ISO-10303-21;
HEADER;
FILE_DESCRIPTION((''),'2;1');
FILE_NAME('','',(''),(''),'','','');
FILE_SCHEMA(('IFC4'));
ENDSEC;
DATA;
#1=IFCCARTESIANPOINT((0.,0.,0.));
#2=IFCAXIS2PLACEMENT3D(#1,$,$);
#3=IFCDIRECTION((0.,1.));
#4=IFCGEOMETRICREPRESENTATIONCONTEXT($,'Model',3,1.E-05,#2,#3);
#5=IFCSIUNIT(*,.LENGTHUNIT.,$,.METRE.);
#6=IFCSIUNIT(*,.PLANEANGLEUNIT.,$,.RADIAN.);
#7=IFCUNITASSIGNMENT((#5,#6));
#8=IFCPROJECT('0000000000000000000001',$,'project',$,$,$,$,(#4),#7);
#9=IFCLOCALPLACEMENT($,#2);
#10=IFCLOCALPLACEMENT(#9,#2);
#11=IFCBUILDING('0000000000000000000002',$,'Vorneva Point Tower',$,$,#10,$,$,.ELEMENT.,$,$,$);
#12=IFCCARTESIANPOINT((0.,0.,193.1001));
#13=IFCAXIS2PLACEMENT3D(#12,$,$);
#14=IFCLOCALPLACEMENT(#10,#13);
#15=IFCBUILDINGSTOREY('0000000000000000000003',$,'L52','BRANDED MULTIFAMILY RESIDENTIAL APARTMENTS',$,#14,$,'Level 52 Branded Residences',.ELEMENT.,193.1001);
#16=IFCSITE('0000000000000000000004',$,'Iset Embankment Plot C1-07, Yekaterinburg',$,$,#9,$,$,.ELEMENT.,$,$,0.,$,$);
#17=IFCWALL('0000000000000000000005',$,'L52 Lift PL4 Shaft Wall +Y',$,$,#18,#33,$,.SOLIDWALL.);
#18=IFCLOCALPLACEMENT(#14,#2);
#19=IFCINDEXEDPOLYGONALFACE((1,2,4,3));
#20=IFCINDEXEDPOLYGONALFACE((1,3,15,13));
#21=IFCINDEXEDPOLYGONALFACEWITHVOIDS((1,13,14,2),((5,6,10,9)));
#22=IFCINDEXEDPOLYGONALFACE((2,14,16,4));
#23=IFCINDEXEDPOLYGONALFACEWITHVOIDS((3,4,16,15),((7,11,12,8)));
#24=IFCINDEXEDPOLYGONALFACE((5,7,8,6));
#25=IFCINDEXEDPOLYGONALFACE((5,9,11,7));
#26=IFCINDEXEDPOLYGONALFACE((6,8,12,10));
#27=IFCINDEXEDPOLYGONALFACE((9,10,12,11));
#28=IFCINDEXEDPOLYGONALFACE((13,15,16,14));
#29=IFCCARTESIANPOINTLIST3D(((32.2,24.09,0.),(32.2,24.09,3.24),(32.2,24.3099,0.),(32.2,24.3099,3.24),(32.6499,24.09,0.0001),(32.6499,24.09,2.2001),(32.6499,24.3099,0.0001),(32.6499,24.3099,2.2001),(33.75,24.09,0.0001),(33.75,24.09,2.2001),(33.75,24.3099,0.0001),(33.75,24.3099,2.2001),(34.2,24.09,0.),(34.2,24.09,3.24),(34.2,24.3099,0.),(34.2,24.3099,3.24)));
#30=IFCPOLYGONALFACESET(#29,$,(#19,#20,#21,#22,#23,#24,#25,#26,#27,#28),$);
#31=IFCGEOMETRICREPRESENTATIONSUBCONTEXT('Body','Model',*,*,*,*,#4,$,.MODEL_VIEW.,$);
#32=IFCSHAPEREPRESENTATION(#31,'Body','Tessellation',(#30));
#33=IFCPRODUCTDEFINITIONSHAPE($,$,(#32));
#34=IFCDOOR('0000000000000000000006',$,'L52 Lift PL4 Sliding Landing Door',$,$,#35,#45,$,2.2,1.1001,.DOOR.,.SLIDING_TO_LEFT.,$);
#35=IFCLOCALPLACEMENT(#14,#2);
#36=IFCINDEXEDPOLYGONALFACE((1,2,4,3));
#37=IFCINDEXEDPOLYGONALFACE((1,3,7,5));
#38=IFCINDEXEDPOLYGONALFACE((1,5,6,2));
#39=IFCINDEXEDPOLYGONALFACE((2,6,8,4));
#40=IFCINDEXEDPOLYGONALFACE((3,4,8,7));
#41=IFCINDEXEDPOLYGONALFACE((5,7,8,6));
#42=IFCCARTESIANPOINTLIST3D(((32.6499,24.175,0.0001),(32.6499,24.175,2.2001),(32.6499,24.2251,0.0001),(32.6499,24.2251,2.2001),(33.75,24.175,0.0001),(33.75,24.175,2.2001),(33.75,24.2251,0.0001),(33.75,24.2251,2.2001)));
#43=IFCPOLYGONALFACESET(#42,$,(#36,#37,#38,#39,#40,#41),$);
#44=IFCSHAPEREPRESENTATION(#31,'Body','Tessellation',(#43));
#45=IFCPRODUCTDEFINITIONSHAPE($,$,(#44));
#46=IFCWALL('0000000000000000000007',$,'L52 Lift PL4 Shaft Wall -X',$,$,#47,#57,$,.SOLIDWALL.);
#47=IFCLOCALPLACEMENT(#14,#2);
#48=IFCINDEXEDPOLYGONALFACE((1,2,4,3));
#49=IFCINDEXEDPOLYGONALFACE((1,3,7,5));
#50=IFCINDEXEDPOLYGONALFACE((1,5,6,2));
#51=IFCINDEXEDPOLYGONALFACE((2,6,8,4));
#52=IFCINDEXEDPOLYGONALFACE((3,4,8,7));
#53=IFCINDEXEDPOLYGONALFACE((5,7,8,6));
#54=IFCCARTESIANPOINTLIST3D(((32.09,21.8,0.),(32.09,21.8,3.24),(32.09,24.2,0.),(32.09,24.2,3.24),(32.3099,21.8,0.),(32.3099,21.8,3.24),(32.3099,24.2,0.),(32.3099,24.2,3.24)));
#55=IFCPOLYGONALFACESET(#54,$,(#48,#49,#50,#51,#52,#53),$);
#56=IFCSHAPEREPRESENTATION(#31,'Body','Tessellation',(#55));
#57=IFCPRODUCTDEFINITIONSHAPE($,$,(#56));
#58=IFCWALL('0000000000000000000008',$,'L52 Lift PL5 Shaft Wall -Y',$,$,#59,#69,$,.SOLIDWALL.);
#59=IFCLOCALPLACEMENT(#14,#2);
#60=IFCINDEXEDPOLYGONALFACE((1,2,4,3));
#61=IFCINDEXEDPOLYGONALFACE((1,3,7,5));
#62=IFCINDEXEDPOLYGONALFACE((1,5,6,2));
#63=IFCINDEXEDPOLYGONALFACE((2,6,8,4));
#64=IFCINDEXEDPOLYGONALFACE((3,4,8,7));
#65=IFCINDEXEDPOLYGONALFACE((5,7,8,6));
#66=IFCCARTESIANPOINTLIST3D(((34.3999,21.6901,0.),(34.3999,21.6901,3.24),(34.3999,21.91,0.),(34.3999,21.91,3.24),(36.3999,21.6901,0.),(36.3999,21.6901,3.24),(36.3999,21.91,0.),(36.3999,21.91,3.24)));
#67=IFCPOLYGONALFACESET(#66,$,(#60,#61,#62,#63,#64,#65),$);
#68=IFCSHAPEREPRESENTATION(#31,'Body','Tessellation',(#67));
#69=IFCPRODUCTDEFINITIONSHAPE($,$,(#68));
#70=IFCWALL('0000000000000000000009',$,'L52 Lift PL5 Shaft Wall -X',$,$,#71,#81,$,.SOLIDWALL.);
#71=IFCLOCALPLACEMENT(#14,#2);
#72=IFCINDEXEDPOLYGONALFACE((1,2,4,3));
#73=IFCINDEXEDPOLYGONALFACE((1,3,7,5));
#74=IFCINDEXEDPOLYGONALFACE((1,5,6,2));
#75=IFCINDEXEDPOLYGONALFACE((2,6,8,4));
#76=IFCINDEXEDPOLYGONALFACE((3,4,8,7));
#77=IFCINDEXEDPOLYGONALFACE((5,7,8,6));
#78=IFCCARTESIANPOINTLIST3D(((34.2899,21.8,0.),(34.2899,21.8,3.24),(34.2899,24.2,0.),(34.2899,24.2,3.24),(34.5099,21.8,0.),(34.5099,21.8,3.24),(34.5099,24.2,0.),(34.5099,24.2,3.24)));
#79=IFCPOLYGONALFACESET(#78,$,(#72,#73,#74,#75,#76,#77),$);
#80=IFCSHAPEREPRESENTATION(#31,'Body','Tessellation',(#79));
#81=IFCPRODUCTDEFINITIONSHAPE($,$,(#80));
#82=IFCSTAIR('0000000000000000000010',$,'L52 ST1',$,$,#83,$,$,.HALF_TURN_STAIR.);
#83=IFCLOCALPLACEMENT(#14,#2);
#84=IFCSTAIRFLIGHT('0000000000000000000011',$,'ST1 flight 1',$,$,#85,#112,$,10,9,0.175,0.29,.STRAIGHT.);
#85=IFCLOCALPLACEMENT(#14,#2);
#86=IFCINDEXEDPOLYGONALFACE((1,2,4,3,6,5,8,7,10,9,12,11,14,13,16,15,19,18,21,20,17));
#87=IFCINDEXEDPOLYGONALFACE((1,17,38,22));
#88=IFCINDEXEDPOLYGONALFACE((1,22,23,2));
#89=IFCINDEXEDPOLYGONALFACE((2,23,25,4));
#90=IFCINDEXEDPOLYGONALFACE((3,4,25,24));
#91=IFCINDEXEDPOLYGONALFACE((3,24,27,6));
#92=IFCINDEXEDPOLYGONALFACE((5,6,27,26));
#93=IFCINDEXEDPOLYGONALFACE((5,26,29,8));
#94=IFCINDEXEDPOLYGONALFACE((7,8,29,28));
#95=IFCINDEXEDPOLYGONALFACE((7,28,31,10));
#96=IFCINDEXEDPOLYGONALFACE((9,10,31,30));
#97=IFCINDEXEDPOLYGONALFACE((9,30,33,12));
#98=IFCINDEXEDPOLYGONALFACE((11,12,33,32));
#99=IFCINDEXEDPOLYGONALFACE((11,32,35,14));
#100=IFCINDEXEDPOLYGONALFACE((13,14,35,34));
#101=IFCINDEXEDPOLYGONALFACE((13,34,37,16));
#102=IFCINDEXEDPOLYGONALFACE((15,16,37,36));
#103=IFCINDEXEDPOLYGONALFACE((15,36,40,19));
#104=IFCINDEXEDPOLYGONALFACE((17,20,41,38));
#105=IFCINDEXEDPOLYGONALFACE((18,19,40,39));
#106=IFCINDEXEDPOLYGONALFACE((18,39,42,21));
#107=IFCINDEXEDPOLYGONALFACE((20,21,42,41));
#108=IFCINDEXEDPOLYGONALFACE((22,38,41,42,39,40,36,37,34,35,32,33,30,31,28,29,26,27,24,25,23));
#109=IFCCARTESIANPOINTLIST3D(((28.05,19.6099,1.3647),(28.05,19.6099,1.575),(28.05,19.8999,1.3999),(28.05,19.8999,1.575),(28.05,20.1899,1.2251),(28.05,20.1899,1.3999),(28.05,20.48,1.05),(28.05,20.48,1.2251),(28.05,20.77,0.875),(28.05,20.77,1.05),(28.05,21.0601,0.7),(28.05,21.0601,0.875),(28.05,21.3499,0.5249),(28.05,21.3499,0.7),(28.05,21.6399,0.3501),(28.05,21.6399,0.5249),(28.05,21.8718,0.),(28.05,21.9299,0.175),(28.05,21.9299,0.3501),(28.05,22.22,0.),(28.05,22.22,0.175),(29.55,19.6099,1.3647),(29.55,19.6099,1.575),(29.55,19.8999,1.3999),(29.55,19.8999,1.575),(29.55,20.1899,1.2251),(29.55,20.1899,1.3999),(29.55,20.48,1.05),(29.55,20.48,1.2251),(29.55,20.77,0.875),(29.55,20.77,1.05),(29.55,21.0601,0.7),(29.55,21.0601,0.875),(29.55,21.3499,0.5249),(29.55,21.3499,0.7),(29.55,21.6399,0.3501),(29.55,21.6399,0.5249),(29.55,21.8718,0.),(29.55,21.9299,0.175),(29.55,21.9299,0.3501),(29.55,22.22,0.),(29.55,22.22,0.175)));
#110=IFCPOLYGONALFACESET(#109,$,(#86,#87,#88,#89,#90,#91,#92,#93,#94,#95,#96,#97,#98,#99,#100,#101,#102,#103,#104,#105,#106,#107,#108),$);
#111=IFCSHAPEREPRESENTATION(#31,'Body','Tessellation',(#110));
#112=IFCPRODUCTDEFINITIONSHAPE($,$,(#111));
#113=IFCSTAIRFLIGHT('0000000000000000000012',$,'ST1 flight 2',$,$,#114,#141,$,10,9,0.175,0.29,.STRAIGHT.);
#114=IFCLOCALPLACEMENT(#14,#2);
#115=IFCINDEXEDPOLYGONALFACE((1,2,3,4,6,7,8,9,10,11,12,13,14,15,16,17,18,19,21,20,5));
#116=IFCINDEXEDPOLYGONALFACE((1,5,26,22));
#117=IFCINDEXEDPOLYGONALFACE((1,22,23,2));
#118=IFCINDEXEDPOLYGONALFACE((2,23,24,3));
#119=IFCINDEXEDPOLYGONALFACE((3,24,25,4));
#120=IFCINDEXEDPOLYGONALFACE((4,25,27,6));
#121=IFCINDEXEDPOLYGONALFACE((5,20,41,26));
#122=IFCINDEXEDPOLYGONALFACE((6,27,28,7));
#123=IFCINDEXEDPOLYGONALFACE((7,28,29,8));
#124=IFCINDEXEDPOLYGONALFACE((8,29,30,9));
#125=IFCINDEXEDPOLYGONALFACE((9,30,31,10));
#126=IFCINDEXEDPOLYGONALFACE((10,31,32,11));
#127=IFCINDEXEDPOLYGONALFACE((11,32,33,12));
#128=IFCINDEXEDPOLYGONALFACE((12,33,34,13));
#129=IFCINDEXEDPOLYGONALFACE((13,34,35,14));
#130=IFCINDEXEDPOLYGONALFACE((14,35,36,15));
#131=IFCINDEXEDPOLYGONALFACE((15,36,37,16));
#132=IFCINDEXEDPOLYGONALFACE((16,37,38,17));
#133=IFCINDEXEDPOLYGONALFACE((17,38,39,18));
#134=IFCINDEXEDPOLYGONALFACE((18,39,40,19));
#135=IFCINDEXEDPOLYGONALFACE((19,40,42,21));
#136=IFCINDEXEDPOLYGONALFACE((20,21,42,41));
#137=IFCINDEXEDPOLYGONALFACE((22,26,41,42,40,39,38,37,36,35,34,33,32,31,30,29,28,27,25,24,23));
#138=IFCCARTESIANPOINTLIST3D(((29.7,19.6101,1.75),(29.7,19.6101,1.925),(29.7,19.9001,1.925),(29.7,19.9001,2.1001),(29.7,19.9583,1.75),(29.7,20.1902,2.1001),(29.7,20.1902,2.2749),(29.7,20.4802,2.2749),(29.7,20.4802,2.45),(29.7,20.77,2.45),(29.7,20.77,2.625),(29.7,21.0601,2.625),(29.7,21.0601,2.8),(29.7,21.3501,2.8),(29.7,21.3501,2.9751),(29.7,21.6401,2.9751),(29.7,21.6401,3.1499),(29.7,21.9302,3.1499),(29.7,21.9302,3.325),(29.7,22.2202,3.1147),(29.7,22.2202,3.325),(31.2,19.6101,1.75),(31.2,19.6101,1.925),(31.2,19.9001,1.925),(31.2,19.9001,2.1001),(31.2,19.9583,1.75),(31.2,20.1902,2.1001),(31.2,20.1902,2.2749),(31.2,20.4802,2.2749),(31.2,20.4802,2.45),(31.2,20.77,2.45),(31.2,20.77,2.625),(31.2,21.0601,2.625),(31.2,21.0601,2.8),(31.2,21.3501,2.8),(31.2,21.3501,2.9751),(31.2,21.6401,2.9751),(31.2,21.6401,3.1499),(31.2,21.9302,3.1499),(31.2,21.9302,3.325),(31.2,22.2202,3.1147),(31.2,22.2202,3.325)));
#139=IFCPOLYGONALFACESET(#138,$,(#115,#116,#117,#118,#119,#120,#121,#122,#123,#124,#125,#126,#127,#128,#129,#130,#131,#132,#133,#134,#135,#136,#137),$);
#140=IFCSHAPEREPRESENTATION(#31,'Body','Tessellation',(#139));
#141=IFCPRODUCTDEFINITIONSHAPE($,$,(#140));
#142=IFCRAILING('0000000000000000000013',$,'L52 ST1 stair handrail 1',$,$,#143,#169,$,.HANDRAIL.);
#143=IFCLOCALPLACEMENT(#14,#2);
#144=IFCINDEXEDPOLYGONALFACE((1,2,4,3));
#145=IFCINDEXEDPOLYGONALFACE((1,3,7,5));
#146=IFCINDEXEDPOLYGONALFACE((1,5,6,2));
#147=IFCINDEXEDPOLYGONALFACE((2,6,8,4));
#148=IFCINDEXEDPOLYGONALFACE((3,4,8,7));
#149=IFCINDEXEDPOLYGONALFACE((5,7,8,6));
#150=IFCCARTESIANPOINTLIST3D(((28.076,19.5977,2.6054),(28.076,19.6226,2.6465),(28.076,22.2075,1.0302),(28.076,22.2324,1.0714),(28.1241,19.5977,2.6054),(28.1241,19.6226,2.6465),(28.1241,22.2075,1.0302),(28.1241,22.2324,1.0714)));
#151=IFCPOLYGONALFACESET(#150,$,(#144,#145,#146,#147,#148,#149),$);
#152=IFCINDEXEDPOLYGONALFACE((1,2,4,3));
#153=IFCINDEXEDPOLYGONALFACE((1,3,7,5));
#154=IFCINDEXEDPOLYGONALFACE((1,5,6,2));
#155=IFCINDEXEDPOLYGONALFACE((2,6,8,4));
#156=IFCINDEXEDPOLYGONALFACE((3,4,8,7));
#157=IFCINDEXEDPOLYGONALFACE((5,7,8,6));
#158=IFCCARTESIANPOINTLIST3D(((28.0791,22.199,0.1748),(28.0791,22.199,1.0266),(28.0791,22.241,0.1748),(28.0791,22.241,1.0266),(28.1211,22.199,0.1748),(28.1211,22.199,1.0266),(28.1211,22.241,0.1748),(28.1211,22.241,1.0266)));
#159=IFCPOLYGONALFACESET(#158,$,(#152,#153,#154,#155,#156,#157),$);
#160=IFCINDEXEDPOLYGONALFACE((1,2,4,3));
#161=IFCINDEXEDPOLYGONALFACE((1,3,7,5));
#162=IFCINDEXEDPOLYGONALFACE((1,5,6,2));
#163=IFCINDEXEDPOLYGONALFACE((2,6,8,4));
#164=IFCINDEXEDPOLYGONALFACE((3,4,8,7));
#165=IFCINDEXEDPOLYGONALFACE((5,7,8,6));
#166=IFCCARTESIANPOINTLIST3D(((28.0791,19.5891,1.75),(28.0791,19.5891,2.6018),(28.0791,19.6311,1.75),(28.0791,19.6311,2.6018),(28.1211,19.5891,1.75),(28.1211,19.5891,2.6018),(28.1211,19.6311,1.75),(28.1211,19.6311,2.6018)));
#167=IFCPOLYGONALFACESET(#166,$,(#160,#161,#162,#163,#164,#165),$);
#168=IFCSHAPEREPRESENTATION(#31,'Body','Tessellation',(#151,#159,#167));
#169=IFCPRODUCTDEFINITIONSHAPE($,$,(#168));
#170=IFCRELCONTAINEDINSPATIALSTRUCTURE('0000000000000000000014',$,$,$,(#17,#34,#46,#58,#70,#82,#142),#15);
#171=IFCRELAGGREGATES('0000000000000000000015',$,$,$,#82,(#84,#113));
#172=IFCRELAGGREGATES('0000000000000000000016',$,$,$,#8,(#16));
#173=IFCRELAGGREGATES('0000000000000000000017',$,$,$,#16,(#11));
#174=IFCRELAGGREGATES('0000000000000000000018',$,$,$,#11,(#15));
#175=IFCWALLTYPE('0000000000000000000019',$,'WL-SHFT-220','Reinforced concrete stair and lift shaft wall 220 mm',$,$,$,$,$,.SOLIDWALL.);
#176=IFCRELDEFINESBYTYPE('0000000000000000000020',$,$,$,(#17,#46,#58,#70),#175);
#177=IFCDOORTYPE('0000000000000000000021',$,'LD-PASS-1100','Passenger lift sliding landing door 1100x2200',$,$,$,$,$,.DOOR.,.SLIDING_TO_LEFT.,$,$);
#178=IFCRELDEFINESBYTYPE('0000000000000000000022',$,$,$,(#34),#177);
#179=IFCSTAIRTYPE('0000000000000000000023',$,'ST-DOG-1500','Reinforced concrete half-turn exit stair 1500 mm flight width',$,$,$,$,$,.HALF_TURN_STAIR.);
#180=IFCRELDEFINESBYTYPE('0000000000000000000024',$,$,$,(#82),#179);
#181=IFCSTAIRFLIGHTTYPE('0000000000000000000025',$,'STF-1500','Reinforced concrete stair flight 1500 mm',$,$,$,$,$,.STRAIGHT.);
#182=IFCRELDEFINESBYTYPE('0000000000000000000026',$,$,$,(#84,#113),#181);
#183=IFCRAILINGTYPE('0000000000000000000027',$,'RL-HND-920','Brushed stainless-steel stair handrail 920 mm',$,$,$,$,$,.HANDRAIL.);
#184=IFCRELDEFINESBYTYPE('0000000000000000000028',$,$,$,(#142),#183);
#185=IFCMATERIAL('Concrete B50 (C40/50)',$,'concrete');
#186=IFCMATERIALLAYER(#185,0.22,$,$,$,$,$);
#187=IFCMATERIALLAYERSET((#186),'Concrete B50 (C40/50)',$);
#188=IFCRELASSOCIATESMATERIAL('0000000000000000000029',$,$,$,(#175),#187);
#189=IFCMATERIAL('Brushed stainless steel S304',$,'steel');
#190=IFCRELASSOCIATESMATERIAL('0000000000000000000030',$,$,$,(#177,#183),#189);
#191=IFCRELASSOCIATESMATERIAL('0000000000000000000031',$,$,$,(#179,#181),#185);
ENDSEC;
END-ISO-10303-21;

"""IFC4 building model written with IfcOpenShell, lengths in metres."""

from ifc_helpers import new_model, si_unit, direction, frame, frame_2d, origin, origin_2d, place, context, subcontext, project, spatial, polyline, rectangle, outline, extrude, material, layer, layer_set, type_object, element, fill, aggregate, save


model = new_model("IFC4")

# Units and contexts
model_context = context("Model", 3, precision=1e-05, world=origin(), true_north=direction((0.0, 1.0)))
body_context = subcontext(model_context, "Body", "Model", "MODEL_VIEW")
ifc_project = project(units=[si_unit("LENGTHUNIT", "METRE"), si_unit("PLANEANGLEUNIT", "RADIAN")], contexts=[model_context])

# Site, building, storey
site_placement = place(None, origin())
site = spatial("IfcSite", under=ifc_project, at=site_placement, Name="Iset Embankment Plot C1-07, Yekaterinburg", CompositionType="ELEMENT", RefElevation=0.0)
building_placement = place(site_placement, origin())
building = spatial("IfcBuilding", under=site, at=building_placement, Name="Vorneva Point Tower", CompositionType="ELEMENT")
storey_placement = place(building_placement, frame((0.0, 0.0, 193.1001)))
storey = spatial("IfcBuildingStorey", under=building, at=storey_placement, Name="L52", Description="BRANDED MULTIFAMILY RESIDENTIAL APARTMENTS", LongName="Level 52 Branded Residences", CompositionType="ELEMENT", Elevation=193.1001)

# Shared definitions
ifc_material_1 = material(Name="Concrete B50 (C40/50)", Category="concrete")

# Shared definitions
ifc_layer_1 = layer(ifc_material_1, 0.22)
ifc_layer_set_1 = layer_set([ifc_layer_1], Name="Concrete B50 (C40/50)")
wall_type_1 = type_object("IfcWallType", Name="WL-SHFT-220", Description="Reinforced concrete stair and lift shaft wall 220 mm", PredefinedType="SOLIDWALL", material=ifc_layer_set_1)

# Wall, opening, door
wall_1_placement = place(storey_placement, frame((34.2, 24.2, 0.0), z_axis=(0.0, 0.0, 1.0), x_axis=(-1.0, 0.0, 0.0)))
wall_1 = element("IfcWall", 1, at=wall_1_placement, inside=storey, type_object=wall_type_1, Name="L52 Lift PL4 Shaft Wall +Y", PredefinedType="SOLIDWALL", context=body_context, shape_type="SweptSolid", body=[
    extrude(rectangle(XDim=2.0, YDim=0.22, at=frame_2d((1.0, 0.0))), origin(), (0.0, 0.0, 1.0), 3.24),
])
opening_1_placement = place(wall_1_placement, frame((0.45, 0.0, 0.0)))
opening_1 = element("IfcOpeningElement", 2, at=opening_1_placement, cuts=wall_1, PredefinedType="OPENING", context=body_context, shape_type="SweptSolid", body=[
    extrude(rectangle(XDim=1.1001, YDim=2.2, at=frame_2d((0.55, 1.1001))), frame((0.0, 0.125, 0.0), z_axis=(0.0, -1.0, 0.0), x_axis=(1.0, 0.0, 0.0)), (0.0, 0.0, 1.0), 0.2498),
])
ifc_material_2 = material(Name="Brushed stainless steel S304", Category="steel")
door_type_1 = type_object("IfcDoorType", Name="LD-PASS-1100", Description="Passenger lift sliding landing door 1100x2200", OperationType="SLIDING_TO_LEFT", PredefinedType="DOOR", material=ifc_material_2)
door_1_placement = place(opening_1_placement, origin())
door_1 = element("IfcDoor", 3, at=door_1_placement, inside=storey, type_object=door_type_1, Name="L52 Lift PL4 Sliding Landing Door", OperationType="SLIDING_TO_LEFT", OverallHeight=2.2, OverallWidth=1.1001, PredefinedType="DOOR", context=body_context, shape_type="SweptSolid", body=[
    extrude(rectangle(XDim=1.1001, YDim=2.2, at=frame_2d((0.55, 1.1001))), frame((0.0, 0.0249, 0.0), z_axis=(0.0, -1.0, 0.0), x_axis=(1.0, 0.0, 0.0)), (0.0, 0.0, 1.0), 0.05),
])
fill(opening_1, door_1)

# Walls
wall_2_placement = place(storey_placement, frame((32.2, 24.2, 0.0), z_axis=(0.0, 0.0, 1.0), x_axis=(0.0, -1.0, 0.0)))
element("IfcWall", 4, at=wall_2_placement, inside=storey, type_object=wall_type_1, Name="L52 Lift PL4 Shaft Wall -X", PredefinedType="SOLIDWALL", context=body_context, shape_type="SweptSolid", body=[
    extrude(rectangle(XDim=2.3999, YDim=0.22, at=frame_2d((1.2, 0.0))), origin(), (0.0, 0.0, 1.0), 3.24),
])
wall_3_placement = place(storey_placement, frame((34.3999, 21.8, 0.0), z_axis=(0.0, 0.0, 1.0), x_axis=(1.0, 0.0, 0.0)))
element("IfcWall", 5, at=wall_3_placement, inside=storey, type_object=wall_type_1, Name="L52 Lift PL5 Shaft Wall -Y", PredefinedType="SOLIDWALL", context=body_context, shape_type="SweptSolid", body=[
    extrude(rectangle(XDim=2.0, YDim=0.22, at=frame_2d((1.0, 0.0))), origin(), (0.0, 0.0, 1.0), 3.24),
])
wall_4_placement = place(storey_placement, frame((34.3999, 24.2, 0.0), z_axis=(0.0, 0.0, 1.0), x_axis=(0.0, -1.0, 0.0)))
element("IfcWall", 6, at=wall_4_placement, inside=storey, type_object=wall_type_1, Name="L52 Lift PL5 Shaft Wall -X", PredefinedType="SOLIDWALL", context=body_context, shape_type="SweptSolid", body=[
    extrude(rectangle(XDim=2.3999, YDim=0.22, at=frame_2d((1.2, 0.0))), origin(), (0.0, 0.0, 1.0), 3.24),
])

# Stair, stair flights
stair_type = type_object("IfcStairType", Name="ST-DOG-1500", Description="Reinforced concrete half-turn exit stair 1500 mm flight width", PredefinedType="HALF_TURN_STAIR", material=ifc_material_1)
stair_placement = place(storey_placement, origin())
stair = element("IfcStair", 7, at=stair_placement, inside=storey, type_object=stair_type, Name="L52 ST1", PredefinedType="HALF_TURN_STAIR")
stair_flight_type = type_object("IfcStairFlightType", Name="STF-1500", Description="Reinforced concrete stair flight 1500 mm", PredefinedType="STRAIGHT", material=ifc_material_1)
stair_flight_1_placement = place(storey_placement, frame((28.8, 22.22, 0.0), z_axis=(0.0, 0.0, 1.0), x_axis=(0.0, -1.0, 0.0)))
stair_flight_1 = element("IfcStairFlight", 8, at=stair_flight_1_placement, type_object=stair_flight_type, Name="ST1 flight 1", NumberOfRisers=10, NumberOfTreads=9, PredefinedType="STRAIGHT", RiserHeight=0.175, TreadLength=0.29, context=body_context, shape_type="SweptSolid", body=[
    extrude(outline(polyline([(0.0, 0.0), (0.0, 0.175), (0.29, 0.175), (0.29, 0.3501), (0.5801, 0.3501), (0.5801, 0.5249), (0.8701, 0.5249), (0.8701, 0.7), (1.1599, 0.7), (1.1599, 0.875), (1.45, 0.875), (1.45, 1.05), (1.74, 1.05), (1.74, 1.2251), (2.03, 1.2251), (2.03, 1.3999), (2.3201, 1.3999), (2.3201, 1.575), (2.6101, 1.575), (2.6101, 1.75), (2.6101, 1.3647), (0.3481, 0.0), (0.0, 0.0)])), frame((0.0, 0.75, 0.0), z_axis=(0.0, -1.0, 0.0), x_axis=(1.0, 0.0, 0.0)), (0.0, 0.0, 1.0), 1.5),
])
stair_flight_2_placement = place(storey_placement, frame((30.45, 19.6101, 1.75), z_axis=(0.0, 0.0, 1.0), x_axis=(0.0, 1.0, 0.0)))
stair_flight_2 = element("IfcStairFlight", 9, at=stair_flight_2_placement, type_object=stair_flight_type, Name="ST1 flight 2", NumberOfRisers=10, NumberOfTreads=9, PredefinedType="STRAIGHT", RiserHeight=0.175, TreadLength=0.29, context=body_context, shape_type="SweptSolid", body=[
    extrude(outline(polyline([(0.0, 0.0), (0.0, 0.175), (0.29, 0.175), (0.29, 0.3501), (0.5801, 0.3501), (0.5801, 0.5249), (0.8701, 0.5249), (0.8701, 0.7), (1.1599, 0.7), (1.1599, 0.875), (1.45, 0.875), (1.45, 1.05), (1.74, 1.05), (1.74, 1.2251), (2.03, 1.2251), (2.03, 1.3999), (2.3201, 1.3999), (2.3201, 1.575), (2.6101, 1.575), (2.6101, 1.75), (2.6101, 1.3647), (0.3481, 0.0), (0.0, 0.0)])), frame((0.0, 0.75, 0.0), z_axis=(0.0, -1.0, 0.0), x_axis=(1.0, 0.0, 0.0)), (0.0, 0.0, 1.0), 1.5),
])
aggregate(stair, [stair_flight_1, stair_flight_2])

# Railing
railing_type_1 = type_object("IfcRailingType", Name="RL-HND-920", Description="Brushed stainless-steel stair handrail 920 mm", PredefinedType="HANDRAIL", material=ifc_material_2)
railing_1_placement = place(storey_placement, frame((28.1001, 22.22, 0.1748)))
element("IfcRailing", 10, at=railing_1_placement, inside=storey, type_object=railing_type_1, Name="L52 ST1 stair handrail 1", PredefinedType="HANDRAIL", context=body_context, shape_type="SweptSolid", body=[
    extrude(rectangle(XDim=0.0481, YDim=0.0481, at=origin_2d()), frame((0.0, 0.0, 0.876), z_axis=(0.0, -0.856147, 0.516732), x_axis=(1.0, 0.0, 0.0)), (0.0, 0.0, 1.0), 3.0483),
    extrude(rectangle(XDim=0.042, YDim=0.042, at=origin_2d()), origin(), (0.0, 0.0, 1.0), 0.8518),
    extrude(rectangle(XDim=0.042, YDim=0.042, at=origin_2d()), frame((0.0, -2.6099, 1.5752)), (0.0, 0.0, 1.0), 0.8518),
])

save(model, "model.ifc")
